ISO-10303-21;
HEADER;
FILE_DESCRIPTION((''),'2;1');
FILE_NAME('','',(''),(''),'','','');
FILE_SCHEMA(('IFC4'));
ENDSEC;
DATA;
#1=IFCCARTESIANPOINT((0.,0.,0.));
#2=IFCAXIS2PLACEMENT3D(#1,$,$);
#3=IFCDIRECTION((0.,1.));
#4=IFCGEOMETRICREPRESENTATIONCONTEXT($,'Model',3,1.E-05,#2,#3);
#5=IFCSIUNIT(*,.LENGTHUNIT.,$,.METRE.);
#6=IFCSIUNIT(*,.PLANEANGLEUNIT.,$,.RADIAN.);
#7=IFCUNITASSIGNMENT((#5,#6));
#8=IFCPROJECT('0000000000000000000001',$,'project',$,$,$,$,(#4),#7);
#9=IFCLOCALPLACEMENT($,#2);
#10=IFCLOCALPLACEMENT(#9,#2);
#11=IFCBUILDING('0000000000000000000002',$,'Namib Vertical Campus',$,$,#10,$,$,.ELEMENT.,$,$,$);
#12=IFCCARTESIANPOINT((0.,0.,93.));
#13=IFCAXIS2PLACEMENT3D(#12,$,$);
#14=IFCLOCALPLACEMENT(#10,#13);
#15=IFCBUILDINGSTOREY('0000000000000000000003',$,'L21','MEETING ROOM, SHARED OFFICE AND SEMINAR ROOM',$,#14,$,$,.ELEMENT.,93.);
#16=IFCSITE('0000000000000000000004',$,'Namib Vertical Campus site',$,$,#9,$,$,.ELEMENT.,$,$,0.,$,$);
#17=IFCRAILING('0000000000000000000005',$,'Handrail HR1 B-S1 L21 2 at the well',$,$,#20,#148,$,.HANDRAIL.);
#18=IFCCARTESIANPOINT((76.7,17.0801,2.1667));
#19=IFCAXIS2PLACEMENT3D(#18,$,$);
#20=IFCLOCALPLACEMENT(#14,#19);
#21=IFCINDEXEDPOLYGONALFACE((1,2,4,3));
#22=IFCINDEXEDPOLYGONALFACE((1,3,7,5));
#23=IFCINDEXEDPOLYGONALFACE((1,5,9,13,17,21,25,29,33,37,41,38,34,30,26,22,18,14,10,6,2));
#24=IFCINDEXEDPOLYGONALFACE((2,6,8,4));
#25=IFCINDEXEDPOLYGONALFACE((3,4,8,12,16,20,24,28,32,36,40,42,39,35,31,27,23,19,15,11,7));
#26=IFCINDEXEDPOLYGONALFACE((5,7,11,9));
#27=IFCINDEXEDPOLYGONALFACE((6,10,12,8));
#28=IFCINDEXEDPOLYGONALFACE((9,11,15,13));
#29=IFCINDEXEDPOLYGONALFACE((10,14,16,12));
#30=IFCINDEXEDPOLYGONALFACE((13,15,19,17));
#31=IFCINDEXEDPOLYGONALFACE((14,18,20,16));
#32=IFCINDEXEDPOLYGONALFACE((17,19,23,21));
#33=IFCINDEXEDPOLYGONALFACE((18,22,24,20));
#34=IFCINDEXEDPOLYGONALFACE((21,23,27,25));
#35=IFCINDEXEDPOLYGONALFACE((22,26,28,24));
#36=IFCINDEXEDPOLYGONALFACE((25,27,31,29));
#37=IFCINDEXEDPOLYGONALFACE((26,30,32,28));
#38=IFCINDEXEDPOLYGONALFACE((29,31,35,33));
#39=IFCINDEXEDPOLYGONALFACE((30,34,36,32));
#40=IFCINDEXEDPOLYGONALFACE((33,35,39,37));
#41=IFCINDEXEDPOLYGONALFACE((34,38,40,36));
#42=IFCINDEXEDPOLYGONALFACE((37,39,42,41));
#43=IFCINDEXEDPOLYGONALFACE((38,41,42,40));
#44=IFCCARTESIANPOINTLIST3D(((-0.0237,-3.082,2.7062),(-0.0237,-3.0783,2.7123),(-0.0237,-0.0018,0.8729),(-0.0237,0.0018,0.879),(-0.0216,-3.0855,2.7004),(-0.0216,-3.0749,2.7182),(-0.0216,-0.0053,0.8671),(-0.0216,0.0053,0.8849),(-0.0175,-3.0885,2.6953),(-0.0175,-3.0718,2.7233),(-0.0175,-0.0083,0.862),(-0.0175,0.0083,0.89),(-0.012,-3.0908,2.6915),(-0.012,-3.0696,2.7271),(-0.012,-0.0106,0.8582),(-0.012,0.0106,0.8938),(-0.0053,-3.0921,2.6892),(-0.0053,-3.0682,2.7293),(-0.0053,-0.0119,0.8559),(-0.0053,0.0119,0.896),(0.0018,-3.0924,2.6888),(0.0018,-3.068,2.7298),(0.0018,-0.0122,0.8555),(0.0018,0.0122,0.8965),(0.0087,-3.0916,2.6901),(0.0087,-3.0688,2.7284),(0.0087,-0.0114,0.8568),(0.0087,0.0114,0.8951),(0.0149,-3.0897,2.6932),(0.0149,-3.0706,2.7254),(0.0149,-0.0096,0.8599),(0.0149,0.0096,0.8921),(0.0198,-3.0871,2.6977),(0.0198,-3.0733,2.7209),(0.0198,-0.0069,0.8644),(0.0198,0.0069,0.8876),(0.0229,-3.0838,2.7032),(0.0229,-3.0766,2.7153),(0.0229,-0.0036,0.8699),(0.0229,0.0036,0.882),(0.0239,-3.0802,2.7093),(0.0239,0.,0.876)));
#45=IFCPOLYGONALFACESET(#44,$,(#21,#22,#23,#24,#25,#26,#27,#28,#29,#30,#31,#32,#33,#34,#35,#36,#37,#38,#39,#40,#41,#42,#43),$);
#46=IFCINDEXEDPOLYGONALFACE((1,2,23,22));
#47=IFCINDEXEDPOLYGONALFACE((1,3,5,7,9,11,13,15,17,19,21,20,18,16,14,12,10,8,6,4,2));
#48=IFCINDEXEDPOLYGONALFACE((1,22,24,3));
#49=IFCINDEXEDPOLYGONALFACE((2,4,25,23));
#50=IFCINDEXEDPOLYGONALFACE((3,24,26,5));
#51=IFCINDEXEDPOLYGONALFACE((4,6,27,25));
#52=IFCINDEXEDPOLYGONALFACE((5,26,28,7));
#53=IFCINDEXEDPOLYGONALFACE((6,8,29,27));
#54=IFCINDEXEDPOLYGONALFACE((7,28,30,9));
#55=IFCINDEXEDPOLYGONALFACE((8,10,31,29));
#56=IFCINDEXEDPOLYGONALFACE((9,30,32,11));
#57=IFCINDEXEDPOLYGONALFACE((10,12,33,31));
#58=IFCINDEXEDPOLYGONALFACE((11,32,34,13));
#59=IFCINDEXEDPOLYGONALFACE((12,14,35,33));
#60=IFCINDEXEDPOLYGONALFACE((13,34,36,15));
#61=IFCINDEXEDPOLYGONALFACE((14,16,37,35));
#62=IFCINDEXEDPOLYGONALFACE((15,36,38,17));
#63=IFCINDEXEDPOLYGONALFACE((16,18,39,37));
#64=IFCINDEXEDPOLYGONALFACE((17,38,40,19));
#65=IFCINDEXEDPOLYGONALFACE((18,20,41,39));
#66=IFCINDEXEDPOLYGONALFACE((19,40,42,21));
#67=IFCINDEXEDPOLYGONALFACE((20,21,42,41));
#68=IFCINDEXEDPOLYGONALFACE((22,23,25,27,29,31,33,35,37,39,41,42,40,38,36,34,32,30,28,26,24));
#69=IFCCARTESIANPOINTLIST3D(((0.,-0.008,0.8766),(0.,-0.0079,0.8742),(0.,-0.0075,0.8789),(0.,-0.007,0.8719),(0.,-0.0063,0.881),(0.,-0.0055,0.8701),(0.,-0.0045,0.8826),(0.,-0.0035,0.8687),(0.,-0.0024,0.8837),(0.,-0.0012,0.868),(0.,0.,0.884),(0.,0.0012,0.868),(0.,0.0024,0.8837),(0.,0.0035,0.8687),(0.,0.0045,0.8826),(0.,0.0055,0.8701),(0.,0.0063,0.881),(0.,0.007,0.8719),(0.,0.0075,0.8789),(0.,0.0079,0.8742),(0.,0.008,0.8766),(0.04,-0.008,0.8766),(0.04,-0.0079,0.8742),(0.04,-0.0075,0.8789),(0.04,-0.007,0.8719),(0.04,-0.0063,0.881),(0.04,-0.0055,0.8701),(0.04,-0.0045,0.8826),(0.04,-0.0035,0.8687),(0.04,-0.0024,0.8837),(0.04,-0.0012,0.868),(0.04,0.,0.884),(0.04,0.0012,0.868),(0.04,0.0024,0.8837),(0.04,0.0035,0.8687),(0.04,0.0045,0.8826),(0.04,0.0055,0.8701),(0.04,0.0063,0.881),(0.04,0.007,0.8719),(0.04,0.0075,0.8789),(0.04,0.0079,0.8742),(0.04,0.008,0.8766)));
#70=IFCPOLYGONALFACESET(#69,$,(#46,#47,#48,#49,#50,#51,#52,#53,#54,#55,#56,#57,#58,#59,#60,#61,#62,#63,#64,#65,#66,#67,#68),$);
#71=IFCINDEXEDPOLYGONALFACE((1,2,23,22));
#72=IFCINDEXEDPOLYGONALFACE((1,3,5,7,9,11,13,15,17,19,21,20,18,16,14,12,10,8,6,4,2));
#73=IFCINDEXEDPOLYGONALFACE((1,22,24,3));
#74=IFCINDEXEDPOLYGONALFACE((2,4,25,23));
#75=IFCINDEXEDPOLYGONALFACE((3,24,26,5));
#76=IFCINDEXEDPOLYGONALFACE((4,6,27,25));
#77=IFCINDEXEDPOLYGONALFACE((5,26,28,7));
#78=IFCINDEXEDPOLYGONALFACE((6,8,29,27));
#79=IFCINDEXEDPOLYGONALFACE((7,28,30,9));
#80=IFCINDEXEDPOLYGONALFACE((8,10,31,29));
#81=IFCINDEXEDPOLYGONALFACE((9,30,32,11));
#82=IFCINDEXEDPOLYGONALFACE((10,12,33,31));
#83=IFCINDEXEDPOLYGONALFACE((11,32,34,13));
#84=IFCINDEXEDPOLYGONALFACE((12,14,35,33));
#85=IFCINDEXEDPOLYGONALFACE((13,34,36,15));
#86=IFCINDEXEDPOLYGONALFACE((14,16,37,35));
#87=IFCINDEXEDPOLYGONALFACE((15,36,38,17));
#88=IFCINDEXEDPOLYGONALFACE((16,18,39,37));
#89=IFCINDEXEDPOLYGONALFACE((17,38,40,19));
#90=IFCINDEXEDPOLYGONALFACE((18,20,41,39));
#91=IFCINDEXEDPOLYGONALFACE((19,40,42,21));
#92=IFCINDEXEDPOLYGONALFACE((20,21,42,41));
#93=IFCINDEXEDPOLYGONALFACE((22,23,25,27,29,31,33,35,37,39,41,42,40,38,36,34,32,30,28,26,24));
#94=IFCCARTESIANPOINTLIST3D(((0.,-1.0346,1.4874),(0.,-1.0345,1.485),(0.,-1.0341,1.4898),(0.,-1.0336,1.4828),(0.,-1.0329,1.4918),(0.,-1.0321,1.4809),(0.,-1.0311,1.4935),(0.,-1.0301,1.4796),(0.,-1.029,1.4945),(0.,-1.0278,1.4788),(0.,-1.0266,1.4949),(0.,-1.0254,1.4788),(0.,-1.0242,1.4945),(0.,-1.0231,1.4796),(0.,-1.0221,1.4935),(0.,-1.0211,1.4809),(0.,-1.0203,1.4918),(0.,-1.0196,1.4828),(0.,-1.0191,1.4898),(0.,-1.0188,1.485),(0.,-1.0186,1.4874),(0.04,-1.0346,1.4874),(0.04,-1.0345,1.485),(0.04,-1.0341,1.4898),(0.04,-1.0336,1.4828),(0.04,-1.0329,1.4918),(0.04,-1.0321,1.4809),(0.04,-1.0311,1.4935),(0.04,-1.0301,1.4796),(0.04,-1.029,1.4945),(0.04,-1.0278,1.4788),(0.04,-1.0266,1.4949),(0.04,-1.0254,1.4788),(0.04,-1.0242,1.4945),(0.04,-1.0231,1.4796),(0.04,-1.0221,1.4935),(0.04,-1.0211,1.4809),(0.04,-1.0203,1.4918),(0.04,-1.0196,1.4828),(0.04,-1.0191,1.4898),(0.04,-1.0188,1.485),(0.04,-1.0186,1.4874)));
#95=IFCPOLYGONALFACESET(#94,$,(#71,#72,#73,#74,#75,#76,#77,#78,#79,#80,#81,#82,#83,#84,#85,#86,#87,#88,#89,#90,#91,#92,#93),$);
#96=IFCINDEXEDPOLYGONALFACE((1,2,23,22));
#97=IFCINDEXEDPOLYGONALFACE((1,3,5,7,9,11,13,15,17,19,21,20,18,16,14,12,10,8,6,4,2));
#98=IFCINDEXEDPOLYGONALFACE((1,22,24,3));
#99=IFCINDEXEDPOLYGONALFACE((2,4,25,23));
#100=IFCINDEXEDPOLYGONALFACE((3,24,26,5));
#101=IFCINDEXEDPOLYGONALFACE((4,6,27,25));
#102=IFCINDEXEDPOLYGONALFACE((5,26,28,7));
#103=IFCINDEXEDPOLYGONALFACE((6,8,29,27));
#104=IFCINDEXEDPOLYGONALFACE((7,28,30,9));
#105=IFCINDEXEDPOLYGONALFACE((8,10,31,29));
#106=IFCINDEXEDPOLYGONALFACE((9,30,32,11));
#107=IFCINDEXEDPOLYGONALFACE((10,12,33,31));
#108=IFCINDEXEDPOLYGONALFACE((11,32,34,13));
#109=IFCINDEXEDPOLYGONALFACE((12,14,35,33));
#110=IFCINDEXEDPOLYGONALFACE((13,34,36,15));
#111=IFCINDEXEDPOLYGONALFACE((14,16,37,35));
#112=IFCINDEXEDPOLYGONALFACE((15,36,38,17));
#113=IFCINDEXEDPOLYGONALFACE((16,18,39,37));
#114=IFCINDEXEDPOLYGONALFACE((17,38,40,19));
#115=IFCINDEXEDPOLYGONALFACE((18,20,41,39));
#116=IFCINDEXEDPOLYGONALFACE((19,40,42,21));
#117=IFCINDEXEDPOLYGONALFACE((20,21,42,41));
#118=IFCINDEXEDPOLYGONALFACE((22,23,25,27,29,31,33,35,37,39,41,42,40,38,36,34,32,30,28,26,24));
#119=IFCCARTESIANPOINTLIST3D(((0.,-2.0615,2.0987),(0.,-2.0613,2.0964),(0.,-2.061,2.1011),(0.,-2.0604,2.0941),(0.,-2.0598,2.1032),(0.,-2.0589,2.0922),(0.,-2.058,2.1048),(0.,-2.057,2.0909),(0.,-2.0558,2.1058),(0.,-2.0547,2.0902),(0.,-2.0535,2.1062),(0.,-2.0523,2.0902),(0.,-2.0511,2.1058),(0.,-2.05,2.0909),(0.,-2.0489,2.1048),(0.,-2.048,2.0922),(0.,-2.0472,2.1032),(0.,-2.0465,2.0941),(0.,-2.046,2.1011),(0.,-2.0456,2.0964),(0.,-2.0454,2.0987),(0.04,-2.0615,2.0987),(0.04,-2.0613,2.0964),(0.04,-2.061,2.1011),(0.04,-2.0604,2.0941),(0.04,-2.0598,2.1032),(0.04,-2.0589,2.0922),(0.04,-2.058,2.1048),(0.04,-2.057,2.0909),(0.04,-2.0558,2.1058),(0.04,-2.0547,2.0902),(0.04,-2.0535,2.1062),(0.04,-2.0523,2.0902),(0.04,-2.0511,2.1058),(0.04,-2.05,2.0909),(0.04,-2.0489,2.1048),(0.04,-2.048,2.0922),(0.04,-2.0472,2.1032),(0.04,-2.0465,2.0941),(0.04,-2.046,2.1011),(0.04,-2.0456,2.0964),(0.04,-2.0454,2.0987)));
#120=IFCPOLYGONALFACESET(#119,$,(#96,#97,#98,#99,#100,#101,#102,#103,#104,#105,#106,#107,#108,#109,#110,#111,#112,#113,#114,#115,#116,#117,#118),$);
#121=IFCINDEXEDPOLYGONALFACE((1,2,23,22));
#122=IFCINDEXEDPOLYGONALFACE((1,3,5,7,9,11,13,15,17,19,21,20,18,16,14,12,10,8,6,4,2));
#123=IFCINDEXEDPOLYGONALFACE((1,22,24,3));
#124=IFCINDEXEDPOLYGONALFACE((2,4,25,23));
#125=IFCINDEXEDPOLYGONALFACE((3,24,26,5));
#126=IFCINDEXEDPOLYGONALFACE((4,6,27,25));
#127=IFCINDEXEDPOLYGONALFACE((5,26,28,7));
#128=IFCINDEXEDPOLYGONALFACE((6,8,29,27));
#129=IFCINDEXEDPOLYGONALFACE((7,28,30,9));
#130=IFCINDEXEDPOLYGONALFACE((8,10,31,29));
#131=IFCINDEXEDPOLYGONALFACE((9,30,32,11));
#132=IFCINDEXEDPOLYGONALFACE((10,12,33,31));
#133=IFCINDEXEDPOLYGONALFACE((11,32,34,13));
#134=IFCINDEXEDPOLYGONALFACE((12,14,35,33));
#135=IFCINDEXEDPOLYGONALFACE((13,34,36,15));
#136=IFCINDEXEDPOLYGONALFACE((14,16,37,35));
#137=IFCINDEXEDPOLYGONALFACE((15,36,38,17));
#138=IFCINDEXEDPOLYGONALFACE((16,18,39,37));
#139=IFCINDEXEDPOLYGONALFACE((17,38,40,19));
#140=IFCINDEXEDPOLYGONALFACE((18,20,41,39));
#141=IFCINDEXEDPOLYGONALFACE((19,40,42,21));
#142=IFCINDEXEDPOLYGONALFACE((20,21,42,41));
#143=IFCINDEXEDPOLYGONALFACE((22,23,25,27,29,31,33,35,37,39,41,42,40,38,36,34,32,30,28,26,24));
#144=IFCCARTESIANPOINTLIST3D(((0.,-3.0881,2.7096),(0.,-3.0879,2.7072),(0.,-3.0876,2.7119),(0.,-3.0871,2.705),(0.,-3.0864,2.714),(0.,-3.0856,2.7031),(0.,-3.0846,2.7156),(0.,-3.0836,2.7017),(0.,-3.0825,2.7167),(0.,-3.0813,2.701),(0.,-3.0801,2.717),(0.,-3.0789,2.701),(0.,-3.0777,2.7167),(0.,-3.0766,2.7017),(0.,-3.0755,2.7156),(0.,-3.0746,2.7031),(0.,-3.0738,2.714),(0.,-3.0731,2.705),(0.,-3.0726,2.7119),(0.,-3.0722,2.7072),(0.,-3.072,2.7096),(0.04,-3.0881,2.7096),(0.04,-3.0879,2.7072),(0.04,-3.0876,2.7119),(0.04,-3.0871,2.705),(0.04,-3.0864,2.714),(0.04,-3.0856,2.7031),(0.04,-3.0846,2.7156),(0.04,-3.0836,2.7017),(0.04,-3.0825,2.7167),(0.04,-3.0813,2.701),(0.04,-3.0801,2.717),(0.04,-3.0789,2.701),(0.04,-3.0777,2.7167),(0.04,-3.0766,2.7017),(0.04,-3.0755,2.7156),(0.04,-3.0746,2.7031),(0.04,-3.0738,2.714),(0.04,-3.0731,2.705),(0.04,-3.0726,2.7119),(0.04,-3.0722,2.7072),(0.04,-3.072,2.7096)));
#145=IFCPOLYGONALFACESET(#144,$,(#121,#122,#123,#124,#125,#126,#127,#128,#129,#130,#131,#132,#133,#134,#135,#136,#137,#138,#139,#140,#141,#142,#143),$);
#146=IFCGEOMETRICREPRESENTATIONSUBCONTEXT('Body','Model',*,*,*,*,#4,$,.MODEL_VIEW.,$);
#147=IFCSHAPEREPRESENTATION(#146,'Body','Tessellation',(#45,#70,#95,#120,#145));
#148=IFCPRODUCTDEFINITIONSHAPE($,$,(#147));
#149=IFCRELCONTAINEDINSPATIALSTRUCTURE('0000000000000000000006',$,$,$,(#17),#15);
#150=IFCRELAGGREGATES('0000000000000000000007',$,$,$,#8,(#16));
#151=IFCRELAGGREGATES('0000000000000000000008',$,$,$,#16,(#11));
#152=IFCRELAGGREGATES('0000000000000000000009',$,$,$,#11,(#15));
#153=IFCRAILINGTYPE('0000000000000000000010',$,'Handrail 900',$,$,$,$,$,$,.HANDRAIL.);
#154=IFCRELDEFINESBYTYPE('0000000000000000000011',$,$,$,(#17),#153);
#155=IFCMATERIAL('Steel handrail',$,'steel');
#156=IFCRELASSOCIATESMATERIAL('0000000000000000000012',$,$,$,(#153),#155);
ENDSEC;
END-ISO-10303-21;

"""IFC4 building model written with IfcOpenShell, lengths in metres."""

from ifc_helpers import new_model, si_unit, direction, frame, origin, origin_2d, place, context, subcontext, project, spatial, circle, extrude, material, type_object, element, save


model = new_model("IFC4")

# Units and contexts
model_context = context("Model", 3, precision=1e-05, world=origin(), true_north=direction((0.0, 1.0)))
body_context = subcontext(model_context, "Body", "Model", "MODEL_VIEW")
ifc_project = project(units=[si_unit("LENGTHUNIT", "METRE"), si_unit("PLANEANGLEUNIT", "RADIAN")], contexts=[model_context])

# Site, building, storey
site_placement = place(None, origin())
site = spatial("IfcSite", under=ifc_project, at=site_placement, Name="Namib Vertical Campus site", CompositionType="ELEMENT", RefElevation=0.0)
building_placement = place(site_placement, origin())
building = spatial("IfcBuilding", under=site, at=building_placement, Name="Namib Vertical Campus", CompositionType="ELEMENT")
storey_placement = place(building_placement, frame((0.0, 0.0, 93.0)))
storey = spatial("IfcBuildingStorey", under=building, at=storey_placement, Name="L21", Description="MEETING ROOM, SHARED OFFICE AND SEMINAR ROOM", CompositionType="ELEMENT", Elevation=93.0)

# Railing
ifc_material_1 = material(Name="Steel handrail", Category="steel")
railing_type = type_object("IfcRailingType", Name="Handrail 900", PredefinedType="HANDRAIL", material=ifc_material_1)
railing_1_placement = place(storey_placement, frame((76.7, 17.0801, 2.1667)))
element("IfcRailing", 1, at=railing_1_placement, inside=storey, type_object=railing_type, Name="Handrail HR1 B-S1 L21 2 at the well", PredefinedType="HANDRAIL", context=body_context, shape_type="SweptSolid", body=[
    extrude(circle(Radius=0.0239, at=origin_2d()), frame((0.0, 0.0, 0.876), z_axis=(0.0, -0.859309, 0.511458), x_axis=(1.0, 0.0, 0.0)), (0.0, 0.0, 1.0), 3.5845),
    extrude(circle(Radius=0.0081, at=origin_2d()), frame((0.0, 0.0, 0.876), z_axis=(1.0, 0.0, 0.0), x_axis=(0.0, 0.0, 1.0)), (0.0, 0.0, 1.0), 0.04),
    extrude(circle(Radius=0.0081, at=origin_2d()), frame((0.0, -1.0266, 1.4868), z_axis=(1.0, 0.0, 0.0), x_axis=(0.0, 0.0, 1.0)), (0.0, 0.0, 1.0), 0.04),
    extrude(circle(Radius=0.0081, at=origin_2d()), frame((0.0, -2.0535, 2.0981), z_axis=(1.0, 0.0, 0.0), x_axis=(0.0, 0.0, 1.0)), (0.0, 0.0, 1.0), 0.04),
    extrude(circle(Radius=0.0081, at=origin_2d()), frame((0.0, -3.0801, 2.709), z_axis=(1.0, 0.0, 0.0), x_axis=(0.0, 0.0, 1.0)), (0.0, 0.0, 1.0), 0.04),
])

save(model, "model.ifc")
